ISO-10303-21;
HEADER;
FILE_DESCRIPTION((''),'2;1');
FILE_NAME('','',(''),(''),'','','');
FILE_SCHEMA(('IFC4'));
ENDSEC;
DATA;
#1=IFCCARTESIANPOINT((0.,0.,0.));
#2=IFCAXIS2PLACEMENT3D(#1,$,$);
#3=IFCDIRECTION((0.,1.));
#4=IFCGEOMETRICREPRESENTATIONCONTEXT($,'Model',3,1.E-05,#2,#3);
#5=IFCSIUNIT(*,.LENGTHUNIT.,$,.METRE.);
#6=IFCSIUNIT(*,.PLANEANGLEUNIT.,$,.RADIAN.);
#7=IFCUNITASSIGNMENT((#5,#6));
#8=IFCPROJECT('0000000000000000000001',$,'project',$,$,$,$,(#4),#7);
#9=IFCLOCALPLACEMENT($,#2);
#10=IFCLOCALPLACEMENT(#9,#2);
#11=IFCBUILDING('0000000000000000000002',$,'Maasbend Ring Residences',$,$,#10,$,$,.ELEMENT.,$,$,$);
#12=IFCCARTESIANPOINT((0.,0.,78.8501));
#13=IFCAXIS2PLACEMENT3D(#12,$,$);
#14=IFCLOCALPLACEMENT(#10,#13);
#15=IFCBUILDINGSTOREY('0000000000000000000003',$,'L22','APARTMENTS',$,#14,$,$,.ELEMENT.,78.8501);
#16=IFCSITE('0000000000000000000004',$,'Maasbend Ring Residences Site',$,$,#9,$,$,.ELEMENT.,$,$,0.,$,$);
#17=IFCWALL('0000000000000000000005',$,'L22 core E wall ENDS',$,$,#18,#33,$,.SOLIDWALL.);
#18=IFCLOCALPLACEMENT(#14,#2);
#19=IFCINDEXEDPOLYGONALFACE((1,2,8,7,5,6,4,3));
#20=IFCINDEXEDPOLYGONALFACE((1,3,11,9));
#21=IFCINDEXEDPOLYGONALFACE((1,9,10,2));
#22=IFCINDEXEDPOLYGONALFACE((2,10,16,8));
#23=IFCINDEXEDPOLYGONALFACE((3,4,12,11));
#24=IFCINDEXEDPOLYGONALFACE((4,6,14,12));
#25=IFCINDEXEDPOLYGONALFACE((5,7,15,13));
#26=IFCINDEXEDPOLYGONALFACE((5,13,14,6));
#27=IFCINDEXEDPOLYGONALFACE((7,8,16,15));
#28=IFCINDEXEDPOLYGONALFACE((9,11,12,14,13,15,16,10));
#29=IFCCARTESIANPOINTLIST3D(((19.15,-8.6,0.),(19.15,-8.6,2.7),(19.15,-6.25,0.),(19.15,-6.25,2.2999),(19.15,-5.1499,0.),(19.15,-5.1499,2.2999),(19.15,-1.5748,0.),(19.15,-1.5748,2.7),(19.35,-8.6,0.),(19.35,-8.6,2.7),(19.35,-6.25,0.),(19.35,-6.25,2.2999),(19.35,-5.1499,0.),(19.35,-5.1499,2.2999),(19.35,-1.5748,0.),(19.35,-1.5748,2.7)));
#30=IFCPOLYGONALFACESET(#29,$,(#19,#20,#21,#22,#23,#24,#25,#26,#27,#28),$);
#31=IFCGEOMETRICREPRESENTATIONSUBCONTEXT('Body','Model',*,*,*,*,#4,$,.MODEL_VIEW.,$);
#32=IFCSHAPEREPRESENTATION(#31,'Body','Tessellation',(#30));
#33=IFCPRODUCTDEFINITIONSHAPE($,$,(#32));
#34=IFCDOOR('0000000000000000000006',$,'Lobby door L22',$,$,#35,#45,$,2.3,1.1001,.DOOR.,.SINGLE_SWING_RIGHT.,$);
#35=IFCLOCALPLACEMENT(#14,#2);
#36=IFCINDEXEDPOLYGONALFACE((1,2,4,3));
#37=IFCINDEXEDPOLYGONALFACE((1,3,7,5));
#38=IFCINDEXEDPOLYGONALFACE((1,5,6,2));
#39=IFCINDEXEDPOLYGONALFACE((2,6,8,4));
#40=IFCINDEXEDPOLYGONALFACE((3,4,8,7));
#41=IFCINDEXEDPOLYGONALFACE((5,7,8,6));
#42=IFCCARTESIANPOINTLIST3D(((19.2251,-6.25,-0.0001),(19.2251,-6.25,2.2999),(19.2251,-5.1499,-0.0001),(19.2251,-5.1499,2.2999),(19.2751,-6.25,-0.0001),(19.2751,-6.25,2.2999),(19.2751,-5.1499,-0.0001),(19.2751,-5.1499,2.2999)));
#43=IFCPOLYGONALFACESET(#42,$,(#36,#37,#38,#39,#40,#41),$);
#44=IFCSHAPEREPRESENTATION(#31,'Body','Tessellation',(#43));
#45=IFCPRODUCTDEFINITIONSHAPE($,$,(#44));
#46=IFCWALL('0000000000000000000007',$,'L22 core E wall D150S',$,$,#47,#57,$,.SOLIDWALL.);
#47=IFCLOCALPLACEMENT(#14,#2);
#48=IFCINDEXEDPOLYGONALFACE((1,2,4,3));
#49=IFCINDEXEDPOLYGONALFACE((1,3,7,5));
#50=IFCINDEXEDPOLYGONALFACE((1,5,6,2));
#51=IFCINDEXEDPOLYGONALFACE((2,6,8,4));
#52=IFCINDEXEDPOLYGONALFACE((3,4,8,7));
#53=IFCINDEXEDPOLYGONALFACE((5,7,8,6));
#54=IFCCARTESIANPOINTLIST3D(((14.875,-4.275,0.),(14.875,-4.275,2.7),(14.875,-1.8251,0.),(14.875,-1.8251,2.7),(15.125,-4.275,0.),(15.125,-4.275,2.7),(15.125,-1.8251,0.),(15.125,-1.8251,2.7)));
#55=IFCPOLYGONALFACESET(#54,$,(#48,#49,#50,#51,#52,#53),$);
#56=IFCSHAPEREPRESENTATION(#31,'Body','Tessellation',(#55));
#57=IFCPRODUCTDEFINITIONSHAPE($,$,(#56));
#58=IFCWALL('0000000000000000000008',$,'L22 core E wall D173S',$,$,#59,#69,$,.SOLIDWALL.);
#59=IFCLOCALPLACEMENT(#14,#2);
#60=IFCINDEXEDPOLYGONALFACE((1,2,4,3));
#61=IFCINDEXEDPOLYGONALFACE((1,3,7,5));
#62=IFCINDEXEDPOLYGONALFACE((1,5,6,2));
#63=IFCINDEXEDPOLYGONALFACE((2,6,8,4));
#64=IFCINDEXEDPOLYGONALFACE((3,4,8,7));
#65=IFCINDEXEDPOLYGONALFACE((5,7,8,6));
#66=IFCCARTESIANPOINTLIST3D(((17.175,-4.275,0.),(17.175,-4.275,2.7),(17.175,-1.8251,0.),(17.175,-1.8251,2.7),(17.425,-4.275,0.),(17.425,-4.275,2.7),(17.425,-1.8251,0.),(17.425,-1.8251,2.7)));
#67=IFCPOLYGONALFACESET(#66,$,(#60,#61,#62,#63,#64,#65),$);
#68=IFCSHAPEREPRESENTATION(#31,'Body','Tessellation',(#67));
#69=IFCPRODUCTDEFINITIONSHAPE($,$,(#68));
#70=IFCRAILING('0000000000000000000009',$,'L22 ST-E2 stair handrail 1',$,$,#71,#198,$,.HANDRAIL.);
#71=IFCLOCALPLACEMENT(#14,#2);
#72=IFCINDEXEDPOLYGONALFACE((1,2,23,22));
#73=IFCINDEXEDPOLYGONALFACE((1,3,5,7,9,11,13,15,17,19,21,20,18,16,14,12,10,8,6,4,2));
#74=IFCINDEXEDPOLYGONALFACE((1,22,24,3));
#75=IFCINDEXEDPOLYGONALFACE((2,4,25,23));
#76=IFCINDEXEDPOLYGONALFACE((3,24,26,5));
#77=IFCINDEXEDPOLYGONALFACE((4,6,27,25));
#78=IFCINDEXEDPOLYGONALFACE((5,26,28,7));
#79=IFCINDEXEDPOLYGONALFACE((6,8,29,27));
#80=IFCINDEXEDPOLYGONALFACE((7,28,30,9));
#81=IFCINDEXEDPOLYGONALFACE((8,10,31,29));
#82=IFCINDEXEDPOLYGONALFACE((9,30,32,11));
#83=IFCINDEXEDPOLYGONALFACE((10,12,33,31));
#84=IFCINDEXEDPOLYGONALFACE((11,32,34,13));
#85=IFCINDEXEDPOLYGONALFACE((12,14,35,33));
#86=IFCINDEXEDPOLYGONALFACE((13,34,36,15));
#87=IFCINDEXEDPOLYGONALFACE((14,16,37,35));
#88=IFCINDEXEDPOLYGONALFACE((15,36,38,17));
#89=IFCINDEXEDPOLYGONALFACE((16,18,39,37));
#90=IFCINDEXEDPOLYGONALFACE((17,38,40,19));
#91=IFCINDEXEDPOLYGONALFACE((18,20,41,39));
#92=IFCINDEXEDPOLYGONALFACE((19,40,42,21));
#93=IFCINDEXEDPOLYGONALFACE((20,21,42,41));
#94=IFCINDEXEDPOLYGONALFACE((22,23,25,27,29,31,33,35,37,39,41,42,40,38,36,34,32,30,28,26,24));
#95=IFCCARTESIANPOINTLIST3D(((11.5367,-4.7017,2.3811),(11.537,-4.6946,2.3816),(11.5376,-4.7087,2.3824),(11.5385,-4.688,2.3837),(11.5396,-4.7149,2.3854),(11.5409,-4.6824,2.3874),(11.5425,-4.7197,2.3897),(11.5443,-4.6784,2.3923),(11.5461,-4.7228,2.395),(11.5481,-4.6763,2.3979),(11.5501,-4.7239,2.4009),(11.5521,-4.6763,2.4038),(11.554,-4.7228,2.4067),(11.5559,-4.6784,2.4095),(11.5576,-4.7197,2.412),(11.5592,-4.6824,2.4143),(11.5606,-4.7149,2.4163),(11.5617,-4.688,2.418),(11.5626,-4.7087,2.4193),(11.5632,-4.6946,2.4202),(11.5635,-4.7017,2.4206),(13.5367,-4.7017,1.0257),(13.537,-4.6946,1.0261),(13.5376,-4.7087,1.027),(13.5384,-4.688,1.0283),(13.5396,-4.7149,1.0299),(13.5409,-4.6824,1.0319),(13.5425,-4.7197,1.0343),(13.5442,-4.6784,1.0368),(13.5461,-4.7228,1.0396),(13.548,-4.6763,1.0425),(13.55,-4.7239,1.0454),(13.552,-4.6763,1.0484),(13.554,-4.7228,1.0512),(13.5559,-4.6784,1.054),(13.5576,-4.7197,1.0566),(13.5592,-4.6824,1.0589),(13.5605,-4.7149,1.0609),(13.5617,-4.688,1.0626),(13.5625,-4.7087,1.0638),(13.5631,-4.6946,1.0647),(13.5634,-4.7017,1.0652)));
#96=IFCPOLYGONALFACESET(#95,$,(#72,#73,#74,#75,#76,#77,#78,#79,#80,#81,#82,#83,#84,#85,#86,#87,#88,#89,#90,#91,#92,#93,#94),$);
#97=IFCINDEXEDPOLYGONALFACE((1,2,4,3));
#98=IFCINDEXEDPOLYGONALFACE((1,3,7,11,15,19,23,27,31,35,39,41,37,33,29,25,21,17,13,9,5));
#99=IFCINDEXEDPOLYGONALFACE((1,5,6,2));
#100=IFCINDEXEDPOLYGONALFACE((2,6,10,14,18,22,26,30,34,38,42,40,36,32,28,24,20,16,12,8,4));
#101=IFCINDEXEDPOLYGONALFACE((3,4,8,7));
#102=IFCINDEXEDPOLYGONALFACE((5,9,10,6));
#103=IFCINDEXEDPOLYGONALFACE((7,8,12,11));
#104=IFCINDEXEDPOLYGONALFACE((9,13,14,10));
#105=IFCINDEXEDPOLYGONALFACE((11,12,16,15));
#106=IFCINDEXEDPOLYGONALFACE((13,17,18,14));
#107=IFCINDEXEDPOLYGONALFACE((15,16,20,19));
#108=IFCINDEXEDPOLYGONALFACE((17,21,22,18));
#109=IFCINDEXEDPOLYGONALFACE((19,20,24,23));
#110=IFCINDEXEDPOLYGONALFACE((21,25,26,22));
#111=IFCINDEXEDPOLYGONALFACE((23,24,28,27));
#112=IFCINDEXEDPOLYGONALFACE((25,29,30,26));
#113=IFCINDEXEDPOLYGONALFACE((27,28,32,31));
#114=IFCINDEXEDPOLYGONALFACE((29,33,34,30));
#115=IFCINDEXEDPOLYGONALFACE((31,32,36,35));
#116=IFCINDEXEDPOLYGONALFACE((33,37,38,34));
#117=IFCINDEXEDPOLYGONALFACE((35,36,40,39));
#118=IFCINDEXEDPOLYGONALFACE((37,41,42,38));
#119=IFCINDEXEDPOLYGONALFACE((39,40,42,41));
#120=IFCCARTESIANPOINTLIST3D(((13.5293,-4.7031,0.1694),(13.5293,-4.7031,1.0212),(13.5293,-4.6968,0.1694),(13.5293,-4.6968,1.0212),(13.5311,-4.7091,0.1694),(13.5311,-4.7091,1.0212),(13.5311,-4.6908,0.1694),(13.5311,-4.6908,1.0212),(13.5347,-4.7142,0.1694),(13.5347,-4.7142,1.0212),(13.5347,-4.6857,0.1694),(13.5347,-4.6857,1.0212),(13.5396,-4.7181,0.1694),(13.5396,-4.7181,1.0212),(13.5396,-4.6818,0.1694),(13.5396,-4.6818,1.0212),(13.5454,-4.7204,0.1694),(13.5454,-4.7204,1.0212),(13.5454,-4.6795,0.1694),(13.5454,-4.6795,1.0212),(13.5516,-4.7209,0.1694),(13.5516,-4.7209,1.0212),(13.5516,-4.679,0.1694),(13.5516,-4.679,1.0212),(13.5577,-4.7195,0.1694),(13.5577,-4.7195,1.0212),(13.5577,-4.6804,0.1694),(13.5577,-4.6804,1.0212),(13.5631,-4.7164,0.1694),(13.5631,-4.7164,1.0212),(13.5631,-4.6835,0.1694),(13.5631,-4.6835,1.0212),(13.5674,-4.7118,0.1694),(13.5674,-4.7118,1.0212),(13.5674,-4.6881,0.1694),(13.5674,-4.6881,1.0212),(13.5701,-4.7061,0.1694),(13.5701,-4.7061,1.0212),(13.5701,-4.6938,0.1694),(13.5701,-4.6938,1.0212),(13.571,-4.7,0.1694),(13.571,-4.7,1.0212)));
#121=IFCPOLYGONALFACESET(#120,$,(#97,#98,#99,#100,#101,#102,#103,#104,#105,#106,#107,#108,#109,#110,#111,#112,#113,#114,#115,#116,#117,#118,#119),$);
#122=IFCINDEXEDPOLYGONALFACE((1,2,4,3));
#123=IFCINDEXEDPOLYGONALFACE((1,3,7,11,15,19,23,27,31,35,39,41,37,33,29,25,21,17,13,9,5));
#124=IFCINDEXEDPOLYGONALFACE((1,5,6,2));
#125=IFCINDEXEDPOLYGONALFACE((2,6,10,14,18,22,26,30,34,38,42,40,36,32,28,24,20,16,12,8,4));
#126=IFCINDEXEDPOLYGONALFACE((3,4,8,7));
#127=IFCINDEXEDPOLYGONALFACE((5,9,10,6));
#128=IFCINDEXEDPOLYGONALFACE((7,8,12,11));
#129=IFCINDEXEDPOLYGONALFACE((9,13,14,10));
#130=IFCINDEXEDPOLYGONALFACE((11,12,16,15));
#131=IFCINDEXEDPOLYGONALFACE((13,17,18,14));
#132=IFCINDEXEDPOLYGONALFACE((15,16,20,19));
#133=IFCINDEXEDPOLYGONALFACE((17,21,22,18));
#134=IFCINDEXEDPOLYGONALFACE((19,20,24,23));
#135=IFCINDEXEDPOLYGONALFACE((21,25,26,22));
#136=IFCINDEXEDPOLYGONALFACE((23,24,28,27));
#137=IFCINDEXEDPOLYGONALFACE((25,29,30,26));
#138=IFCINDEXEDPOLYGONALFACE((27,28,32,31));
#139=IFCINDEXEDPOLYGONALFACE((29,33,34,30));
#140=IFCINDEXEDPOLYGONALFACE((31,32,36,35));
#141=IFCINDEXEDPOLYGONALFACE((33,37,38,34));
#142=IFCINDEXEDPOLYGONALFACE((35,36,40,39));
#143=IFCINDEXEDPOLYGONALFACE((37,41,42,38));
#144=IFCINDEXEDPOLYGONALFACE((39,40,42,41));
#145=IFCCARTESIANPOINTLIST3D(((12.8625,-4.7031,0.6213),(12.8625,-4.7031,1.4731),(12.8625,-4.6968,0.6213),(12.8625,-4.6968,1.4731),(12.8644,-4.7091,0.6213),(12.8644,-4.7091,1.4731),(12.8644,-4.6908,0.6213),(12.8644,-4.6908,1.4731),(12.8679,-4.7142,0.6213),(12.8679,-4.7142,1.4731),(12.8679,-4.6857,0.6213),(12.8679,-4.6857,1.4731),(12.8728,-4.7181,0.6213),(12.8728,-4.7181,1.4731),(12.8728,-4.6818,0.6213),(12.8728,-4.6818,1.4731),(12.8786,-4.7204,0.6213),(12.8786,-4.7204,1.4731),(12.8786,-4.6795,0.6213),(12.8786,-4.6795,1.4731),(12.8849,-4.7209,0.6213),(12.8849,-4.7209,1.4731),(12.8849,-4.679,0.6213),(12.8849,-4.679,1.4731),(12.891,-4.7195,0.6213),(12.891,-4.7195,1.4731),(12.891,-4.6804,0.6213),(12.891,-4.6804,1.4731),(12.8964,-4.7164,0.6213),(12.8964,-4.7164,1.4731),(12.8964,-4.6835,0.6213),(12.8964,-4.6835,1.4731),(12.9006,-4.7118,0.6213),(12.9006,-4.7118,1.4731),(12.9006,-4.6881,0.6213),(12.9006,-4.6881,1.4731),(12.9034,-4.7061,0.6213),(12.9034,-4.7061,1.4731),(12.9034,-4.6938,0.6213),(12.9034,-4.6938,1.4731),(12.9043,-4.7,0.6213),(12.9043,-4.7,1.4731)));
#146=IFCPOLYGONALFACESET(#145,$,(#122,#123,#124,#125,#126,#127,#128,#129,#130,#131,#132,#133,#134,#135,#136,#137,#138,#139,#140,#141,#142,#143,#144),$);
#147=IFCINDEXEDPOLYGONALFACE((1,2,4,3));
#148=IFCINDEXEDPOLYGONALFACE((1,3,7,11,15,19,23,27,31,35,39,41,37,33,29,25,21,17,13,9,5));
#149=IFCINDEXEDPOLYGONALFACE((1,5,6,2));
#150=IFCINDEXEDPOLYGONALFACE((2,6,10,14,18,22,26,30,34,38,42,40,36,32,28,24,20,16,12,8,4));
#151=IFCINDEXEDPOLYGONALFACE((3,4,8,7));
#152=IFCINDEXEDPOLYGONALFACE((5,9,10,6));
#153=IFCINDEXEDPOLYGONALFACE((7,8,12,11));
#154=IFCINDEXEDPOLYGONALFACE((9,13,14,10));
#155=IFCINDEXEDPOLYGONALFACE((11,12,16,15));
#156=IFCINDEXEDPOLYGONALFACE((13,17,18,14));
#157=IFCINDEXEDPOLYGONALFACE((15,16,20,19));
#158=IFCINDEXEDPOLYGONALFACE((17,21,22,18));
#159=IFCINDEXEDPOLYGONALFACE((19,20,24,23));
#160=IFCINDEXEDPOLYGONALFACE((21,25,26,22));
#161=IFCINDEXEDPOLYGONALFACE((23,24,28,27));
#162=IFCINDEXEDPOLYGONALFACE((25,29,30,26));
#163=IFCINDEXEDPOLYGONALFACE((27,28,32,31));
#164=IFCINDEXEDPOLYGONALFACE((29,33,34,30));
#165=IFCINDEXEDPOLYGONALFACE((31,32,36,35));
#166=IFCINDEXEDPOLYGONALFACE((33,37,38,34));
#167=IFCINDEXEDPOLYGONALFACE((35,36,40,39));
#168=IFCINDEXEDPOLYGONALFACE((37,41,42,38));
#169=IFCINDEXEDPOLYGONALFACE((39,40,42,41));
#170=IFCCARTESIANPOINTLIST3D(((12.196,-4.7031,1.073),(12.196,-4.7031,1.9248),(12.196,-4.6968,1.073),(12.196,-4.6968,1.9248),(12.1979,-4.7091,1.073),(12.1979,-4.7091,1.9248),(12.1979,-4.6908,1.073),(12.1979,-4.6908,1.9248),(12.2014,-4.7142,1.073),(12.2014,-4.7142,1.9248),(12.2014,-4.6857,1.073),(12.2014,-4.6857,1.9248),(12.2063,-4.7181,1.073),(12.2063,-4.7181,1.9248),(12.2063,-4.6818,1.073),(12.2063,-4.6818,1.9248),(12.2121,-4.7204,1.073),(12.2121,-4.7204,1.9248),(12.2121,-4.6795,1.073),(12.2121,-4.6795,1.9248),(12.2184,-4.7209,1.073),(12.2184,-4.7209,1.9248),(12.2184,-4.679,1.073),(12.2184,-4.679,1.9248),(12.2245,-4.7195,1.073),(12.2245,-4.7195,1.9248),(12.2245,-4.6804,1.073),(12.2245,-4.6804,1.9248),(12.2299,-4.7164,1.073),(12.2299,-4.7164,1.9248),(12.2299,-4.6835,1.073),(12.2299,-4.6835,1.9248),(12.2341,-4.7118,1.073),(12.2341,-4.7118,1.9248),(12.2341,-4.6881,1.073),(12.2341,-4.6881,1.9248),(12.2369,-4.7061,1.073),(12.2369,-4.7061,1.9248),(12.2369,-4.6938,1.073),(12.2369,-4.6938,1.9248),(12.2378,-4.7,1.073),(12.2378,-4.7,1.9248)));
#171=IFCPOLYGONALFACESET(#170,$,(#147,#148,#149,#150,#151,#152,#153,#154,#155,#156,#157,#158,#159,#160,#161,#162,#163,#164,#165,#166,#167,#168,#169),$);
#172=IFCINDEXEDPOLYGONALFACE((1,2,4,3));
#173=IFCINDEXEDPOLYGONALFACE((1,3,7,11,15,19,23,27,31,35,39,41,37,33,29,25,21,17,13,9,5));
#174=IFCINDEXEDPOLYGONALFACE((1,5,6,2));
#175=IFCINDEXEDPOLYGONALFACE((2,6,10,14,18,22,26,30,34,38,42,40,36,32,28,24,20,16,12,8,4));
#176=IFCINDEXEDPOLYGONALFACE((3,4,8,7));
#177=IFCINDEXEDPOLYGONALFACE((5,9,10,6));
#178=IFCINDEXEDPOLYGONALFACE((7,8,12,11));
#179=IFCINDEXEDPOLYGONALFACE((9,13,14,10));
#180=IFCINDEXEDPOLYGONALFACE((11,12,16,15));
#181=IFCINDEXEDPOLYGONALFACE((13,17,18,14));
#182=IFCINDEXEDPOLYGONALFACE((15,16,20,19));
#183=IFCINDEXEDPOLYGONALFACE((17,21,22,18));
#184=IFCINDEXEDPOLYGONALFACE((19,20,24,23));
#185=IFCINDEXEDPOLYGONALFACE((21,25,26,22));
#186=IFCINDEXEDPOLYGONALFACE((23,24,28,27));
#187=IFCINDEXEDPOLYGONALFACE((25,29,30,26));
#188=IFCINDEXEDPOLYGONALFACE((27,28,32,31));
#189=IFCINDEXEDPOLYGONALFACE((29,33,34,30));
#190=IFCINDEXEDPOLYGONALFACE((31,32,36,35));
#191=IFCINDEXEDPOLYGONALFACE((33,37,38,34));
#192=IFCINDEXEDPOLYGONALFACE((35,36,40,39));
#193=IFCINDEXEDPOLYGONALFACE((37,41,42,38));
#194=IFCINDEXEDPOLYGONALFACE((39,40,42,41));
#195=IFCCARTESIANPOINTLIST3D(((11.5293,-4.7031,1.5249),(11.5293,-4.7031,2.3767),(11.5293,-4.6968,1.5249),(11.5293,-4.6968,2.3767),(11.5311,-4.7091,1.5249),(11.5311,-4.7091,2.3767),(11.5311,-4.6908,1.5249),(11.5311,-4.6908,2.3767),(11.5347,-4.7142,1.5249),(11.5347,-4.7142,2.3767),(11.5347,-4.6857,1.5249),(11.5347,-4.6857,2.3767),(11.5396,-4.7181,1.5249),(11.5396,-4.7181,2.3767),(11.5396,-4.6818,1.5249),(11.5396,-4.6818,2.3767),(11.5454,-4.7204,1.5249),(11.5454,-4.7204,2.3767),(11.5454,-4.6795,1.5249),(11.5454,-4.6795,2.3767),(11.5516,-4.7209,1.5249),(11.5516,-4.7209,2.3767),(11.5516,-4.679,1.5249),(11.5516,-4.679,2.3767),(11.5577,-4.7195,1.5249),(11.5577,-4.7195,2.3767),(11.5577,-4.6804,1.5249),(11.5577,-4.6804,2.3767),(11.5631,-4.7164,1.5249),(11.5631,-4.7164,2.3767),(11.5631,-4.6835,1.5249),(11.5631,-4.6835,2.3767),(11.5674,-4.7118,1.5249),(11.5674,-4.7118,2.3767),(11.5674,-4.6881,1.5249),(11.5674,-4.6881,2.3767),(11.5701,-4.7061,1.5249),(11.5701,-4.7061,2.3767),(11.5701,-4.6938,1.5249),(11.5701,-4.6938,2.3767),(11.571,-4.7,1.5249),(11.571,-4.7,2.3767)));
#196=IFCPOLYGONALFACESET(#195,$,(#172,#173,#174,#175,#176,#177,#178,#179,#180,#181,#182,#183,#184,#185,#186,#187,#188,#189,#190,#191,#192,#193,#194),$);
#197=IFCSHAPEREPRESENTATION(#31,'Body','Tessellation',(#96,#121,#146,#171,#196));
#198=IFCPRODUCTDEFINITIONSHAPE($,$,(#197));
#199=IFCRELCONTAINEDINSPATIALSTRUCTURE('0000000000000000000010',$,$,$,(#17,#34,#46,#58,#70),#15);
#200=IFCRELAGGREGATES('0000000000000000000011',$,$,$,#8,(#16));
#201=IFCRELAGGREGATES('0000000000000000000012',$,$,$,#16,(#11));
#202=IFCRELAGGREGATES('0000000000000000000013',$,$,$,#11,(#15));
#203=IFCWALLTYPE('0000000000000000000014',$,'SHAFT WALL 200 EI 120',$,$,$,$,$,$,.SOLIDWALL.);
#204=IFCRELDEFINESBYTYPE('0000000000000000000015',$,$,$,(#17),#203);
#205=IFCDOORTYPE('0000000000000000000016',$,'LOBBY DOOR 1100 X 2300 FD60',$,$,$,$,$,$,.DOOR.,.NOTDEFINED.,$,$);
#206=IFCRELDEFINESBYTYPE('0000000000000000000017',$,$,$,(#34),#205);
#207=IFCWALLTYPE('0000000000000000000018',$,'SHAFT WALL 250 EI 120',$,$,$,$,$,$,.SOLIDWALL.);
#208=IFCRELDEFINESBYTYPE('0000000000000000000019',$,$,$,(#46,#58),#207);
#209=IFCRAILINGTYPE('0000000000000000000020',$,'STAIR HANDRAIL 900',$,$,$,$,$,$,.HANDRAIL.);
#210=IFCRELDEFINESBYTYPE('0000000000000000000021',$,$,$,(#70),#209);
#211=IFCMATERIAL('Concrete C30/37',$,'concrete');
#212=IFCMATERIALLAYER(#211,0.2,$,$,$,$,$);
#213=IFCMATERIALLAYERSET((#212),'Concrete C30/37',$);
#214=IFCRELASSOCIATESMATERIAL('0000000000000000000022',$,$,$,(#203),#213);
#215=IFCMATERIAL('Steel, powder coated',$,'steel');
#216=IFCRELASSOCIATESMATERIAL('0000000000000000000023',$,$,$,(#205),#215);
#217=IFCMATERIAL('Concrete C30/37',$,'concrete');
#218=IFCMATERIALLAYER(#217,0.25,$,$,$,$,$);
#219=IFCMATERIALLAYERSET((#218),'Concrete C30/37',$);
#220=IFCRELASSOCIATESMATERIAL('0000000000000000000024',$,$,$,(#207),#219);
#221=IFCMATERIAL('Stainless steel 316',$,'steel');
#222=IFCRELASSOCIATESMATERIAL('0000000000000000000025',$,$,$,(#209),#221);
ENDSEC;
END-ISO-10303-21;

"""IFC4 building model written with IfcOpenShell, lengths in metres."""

from ifc_helpers import new_model, si_unit, direction, frame, frame_2d, origin, origin_2d, place, context, subcontext, project, spatial, rectangle, circle, extrude, material, layer, layer_set, type_object, element, fill, save


model = new_model("IFC4")

# Units and contexts
model_context = context("Model", 3, precision=1e-05, world=origin(), true_north=direction((0.0, 1.0)))
body_context = subcontext(model_context, "Body", "Model", "MODEL_VIEW")
ifc_project = project(units=[si_unit("LENGTHUNIT", "METRE"), si_unit("PLANEANGLEUNIT", "RADIAN")], contexts=[model_context])

# Site, building, storey
site_placement = place(None, origin())
site = spatial("IfcSite", under=ifc_project, at=site_placement, Name="Maasbend Ring Residences Site", CompositionType="ELEMENT", RefElevation=0.0)
building_placement = place(site_placement, origin())
building = spatial("IfcBuilding", under=site, at=building_placement, Name="Maasbend Ring Residences", CompositionType="ELEMENT")
storey_placement = place(building_placement, frame((0.0, 0.0, 78.8501)))
storey = spatial("IfcBuildingStorey", under=building, at=storey_placement, Name="L22", Description="APARTMENTS", CompositionType="ELEMENT", Elevation=78.8501)

# Wall, opening, door
ifc_material_1 = material(Name="Concrete C30/37", Category="concrete")
ifc_layer_1 = layer(ifc_material_1, 0.2)
ifc_layer_set_1 = layer_set([ifc_layer_1], Name="Concrete C30/37")
wall_type_1 = type_object("IfcWallType", Name="SHAFT WALL 200 EI 120", PredefinedType="SOLIDWALL", material=ifc_layer_set_1)
wall_1_placement = place(storey_placement, frame((19.25, -8.6001, 0.0), z_axis=(0.0, 0.0, 1.0), x_axis=(0.0, 1.0, 0.0)))
wall_1 = element("IfcWall", 1, at=wall_1_placement, inside=storey, type_object=wall_type_1, Name="L22 core E wall ENDS", PredefinedType="SOLIDWALL", context=body_context, shape_type="SweptSolid", body=[
    extrude(rectangle(XDim=7.0251, YDim=0.2, at=frame_2d((3.5127, 0.0))), origin(), (0.0, 0.0, 1.0), 2.7),
])
opening_1_placement = place(wall_1_placement, frame((2.3501, 0.0, 0.0)))
opening_1 = element("IfcOpeningElement", 2, at=opening_1_placement, cuts=wall_1, PredefinedType="OPENING", context=body_context, shape_type="SweptSolid", body=[
    extrude(rectangle(XDim=1.1001, YDim=2.3, at=frame_2d((0.55, 1.1499))), frame((0.0, 0.1099, 0.0), z_axis=(0.0, -1.0, 0.0), x_axis=(1.0, 0.0, 0.0)), (0.0, 0.0, 1.0), 0.22),
])
ifc_material_2 = material(Name="Steel, powder coated", Category="steel")
door_type_1 = type_object("IfcDoorType", Name="LOBBY DOOR 1100 X 2300 FD60", OperationType="NOTDEFINED", PredefinedType="DOOR", material=ifc_material_2)
door_1_placement = place(opening_1_placement, origin())
door_1 = element("IfcDoor", 3, at=door_1_placement, inside=storey, type_object=door_type_1, Name="Lobby door L22", OperationType="SINGLE_SWING_RIGHT", OverallHeight=2.3, OverallWidth=1.1001, PredefinedType="DOOR", context=body_context, shape_type="SweptSolid", body=[
    extrude(rectangle(XDim=1.1001, YDim=2.3, at=frame_2d((0.55, 1.1499))), frame((0.0, 0.0249, 0.0), z_axis=(0.0, -1.0, 0.0), x_axis=(1.0, 0.0, 0.0)), (0.0, 0.0, 1.0), 0.05),
])
fill(opening_1, door_1)

# Walls
ifc_material_3 = material(Name="Concrete C30/37", Category="concrete")
ifc_layer_2 = layer(ifc_material_3, 0.25)
ifc_layer_set_2 = layer_set([ifc_layer_2], Name="Concrete C30/37")
wall_type_2 = type_object("IfcWallType", Name="SHAFT WALL 250 EI 120", PredefinedType="SOLIDWALL", material=ifc_layer_set_2)
for number, where, z_axis, x_axis, name in (
    (4, (15.0, -1.825, 0.0), (0.0, 0.0, 1.0), (0.0, -1.0, 0.0), "L22 core E wall D150S"),
    (5, (17.3, -1.825, 0.0), (0.0, 0.0, 1.0), (0.0, -1.0, 0.0), "L22 core E wall D173S"),
):
    element("IfcWall", number, at=place(storey_placement, frame(where, z_axis=z_axis, x_axis=x_axis)), inside=storey, type_object=wall_type_2, Name=name, PredefinedType="SOLIDWALL", context=body_context, shape_type="SweptSolid", body=[
        extrude(rectangle(XDim=2.45, YDim=0.25, at=frame_2d((1.2251, 0.0))), origin(), (0.0, 0.0, 1.0), 2.7),
    ])

# Railing
ifc_material_4 = material(Name="Stainless steel 316", Category="steel")
railing_type_1 = type_object("IfcRailingType", Name="STAIR HANDRAIL 900", PredefinedType="HANDRAIL", material=ifc_material_4)
railing_1_placement = place(storey_placement, frame((13.55, -4.7, 0.1694)))
element("IfcRailing", 6, at=railing_1_placement, inside=storey, type_object=railing_type_1, Name="L22 ST-E2 stair handrail 1", PredefinedType="HANDRAIL", context=body_context, shape_type="SweptSolid", body=[
    extrude(circle(Radius=0.0239, at=origin_2d()), frame((0.0, 0.0, 0.876), z_axis=(-0.827798, 0.0, 0.561027), x_axis=(0.0, -1.0, 0.0)), (0.0, 0.0, 1.0), 2.416),
    extrude(circle(Radius=0.021, at=origin_2d()), origin(), (0.0, 0.0, 1.0), 0.8518),
    extrude(circle(Radius=0.021, at=origin_2d()), frame((-0.6667, 0.0, 0.4519)), (0.0, 0.0, 1.0), 0.8518),
    extrude(circle(Radius=0.021, at=origin_2d()), frame((-1.3333, 0.0, 0.9036)), (0.0, 0.0, 1.0), 0.8518),
    extrude(circle(Radius=0.021, at=origin_2d()), frame((-2.0, 0.0, 1.3555)), (0.0, 0.0, 1.0), 0.8518),
])

save(model, "model.ifc")
